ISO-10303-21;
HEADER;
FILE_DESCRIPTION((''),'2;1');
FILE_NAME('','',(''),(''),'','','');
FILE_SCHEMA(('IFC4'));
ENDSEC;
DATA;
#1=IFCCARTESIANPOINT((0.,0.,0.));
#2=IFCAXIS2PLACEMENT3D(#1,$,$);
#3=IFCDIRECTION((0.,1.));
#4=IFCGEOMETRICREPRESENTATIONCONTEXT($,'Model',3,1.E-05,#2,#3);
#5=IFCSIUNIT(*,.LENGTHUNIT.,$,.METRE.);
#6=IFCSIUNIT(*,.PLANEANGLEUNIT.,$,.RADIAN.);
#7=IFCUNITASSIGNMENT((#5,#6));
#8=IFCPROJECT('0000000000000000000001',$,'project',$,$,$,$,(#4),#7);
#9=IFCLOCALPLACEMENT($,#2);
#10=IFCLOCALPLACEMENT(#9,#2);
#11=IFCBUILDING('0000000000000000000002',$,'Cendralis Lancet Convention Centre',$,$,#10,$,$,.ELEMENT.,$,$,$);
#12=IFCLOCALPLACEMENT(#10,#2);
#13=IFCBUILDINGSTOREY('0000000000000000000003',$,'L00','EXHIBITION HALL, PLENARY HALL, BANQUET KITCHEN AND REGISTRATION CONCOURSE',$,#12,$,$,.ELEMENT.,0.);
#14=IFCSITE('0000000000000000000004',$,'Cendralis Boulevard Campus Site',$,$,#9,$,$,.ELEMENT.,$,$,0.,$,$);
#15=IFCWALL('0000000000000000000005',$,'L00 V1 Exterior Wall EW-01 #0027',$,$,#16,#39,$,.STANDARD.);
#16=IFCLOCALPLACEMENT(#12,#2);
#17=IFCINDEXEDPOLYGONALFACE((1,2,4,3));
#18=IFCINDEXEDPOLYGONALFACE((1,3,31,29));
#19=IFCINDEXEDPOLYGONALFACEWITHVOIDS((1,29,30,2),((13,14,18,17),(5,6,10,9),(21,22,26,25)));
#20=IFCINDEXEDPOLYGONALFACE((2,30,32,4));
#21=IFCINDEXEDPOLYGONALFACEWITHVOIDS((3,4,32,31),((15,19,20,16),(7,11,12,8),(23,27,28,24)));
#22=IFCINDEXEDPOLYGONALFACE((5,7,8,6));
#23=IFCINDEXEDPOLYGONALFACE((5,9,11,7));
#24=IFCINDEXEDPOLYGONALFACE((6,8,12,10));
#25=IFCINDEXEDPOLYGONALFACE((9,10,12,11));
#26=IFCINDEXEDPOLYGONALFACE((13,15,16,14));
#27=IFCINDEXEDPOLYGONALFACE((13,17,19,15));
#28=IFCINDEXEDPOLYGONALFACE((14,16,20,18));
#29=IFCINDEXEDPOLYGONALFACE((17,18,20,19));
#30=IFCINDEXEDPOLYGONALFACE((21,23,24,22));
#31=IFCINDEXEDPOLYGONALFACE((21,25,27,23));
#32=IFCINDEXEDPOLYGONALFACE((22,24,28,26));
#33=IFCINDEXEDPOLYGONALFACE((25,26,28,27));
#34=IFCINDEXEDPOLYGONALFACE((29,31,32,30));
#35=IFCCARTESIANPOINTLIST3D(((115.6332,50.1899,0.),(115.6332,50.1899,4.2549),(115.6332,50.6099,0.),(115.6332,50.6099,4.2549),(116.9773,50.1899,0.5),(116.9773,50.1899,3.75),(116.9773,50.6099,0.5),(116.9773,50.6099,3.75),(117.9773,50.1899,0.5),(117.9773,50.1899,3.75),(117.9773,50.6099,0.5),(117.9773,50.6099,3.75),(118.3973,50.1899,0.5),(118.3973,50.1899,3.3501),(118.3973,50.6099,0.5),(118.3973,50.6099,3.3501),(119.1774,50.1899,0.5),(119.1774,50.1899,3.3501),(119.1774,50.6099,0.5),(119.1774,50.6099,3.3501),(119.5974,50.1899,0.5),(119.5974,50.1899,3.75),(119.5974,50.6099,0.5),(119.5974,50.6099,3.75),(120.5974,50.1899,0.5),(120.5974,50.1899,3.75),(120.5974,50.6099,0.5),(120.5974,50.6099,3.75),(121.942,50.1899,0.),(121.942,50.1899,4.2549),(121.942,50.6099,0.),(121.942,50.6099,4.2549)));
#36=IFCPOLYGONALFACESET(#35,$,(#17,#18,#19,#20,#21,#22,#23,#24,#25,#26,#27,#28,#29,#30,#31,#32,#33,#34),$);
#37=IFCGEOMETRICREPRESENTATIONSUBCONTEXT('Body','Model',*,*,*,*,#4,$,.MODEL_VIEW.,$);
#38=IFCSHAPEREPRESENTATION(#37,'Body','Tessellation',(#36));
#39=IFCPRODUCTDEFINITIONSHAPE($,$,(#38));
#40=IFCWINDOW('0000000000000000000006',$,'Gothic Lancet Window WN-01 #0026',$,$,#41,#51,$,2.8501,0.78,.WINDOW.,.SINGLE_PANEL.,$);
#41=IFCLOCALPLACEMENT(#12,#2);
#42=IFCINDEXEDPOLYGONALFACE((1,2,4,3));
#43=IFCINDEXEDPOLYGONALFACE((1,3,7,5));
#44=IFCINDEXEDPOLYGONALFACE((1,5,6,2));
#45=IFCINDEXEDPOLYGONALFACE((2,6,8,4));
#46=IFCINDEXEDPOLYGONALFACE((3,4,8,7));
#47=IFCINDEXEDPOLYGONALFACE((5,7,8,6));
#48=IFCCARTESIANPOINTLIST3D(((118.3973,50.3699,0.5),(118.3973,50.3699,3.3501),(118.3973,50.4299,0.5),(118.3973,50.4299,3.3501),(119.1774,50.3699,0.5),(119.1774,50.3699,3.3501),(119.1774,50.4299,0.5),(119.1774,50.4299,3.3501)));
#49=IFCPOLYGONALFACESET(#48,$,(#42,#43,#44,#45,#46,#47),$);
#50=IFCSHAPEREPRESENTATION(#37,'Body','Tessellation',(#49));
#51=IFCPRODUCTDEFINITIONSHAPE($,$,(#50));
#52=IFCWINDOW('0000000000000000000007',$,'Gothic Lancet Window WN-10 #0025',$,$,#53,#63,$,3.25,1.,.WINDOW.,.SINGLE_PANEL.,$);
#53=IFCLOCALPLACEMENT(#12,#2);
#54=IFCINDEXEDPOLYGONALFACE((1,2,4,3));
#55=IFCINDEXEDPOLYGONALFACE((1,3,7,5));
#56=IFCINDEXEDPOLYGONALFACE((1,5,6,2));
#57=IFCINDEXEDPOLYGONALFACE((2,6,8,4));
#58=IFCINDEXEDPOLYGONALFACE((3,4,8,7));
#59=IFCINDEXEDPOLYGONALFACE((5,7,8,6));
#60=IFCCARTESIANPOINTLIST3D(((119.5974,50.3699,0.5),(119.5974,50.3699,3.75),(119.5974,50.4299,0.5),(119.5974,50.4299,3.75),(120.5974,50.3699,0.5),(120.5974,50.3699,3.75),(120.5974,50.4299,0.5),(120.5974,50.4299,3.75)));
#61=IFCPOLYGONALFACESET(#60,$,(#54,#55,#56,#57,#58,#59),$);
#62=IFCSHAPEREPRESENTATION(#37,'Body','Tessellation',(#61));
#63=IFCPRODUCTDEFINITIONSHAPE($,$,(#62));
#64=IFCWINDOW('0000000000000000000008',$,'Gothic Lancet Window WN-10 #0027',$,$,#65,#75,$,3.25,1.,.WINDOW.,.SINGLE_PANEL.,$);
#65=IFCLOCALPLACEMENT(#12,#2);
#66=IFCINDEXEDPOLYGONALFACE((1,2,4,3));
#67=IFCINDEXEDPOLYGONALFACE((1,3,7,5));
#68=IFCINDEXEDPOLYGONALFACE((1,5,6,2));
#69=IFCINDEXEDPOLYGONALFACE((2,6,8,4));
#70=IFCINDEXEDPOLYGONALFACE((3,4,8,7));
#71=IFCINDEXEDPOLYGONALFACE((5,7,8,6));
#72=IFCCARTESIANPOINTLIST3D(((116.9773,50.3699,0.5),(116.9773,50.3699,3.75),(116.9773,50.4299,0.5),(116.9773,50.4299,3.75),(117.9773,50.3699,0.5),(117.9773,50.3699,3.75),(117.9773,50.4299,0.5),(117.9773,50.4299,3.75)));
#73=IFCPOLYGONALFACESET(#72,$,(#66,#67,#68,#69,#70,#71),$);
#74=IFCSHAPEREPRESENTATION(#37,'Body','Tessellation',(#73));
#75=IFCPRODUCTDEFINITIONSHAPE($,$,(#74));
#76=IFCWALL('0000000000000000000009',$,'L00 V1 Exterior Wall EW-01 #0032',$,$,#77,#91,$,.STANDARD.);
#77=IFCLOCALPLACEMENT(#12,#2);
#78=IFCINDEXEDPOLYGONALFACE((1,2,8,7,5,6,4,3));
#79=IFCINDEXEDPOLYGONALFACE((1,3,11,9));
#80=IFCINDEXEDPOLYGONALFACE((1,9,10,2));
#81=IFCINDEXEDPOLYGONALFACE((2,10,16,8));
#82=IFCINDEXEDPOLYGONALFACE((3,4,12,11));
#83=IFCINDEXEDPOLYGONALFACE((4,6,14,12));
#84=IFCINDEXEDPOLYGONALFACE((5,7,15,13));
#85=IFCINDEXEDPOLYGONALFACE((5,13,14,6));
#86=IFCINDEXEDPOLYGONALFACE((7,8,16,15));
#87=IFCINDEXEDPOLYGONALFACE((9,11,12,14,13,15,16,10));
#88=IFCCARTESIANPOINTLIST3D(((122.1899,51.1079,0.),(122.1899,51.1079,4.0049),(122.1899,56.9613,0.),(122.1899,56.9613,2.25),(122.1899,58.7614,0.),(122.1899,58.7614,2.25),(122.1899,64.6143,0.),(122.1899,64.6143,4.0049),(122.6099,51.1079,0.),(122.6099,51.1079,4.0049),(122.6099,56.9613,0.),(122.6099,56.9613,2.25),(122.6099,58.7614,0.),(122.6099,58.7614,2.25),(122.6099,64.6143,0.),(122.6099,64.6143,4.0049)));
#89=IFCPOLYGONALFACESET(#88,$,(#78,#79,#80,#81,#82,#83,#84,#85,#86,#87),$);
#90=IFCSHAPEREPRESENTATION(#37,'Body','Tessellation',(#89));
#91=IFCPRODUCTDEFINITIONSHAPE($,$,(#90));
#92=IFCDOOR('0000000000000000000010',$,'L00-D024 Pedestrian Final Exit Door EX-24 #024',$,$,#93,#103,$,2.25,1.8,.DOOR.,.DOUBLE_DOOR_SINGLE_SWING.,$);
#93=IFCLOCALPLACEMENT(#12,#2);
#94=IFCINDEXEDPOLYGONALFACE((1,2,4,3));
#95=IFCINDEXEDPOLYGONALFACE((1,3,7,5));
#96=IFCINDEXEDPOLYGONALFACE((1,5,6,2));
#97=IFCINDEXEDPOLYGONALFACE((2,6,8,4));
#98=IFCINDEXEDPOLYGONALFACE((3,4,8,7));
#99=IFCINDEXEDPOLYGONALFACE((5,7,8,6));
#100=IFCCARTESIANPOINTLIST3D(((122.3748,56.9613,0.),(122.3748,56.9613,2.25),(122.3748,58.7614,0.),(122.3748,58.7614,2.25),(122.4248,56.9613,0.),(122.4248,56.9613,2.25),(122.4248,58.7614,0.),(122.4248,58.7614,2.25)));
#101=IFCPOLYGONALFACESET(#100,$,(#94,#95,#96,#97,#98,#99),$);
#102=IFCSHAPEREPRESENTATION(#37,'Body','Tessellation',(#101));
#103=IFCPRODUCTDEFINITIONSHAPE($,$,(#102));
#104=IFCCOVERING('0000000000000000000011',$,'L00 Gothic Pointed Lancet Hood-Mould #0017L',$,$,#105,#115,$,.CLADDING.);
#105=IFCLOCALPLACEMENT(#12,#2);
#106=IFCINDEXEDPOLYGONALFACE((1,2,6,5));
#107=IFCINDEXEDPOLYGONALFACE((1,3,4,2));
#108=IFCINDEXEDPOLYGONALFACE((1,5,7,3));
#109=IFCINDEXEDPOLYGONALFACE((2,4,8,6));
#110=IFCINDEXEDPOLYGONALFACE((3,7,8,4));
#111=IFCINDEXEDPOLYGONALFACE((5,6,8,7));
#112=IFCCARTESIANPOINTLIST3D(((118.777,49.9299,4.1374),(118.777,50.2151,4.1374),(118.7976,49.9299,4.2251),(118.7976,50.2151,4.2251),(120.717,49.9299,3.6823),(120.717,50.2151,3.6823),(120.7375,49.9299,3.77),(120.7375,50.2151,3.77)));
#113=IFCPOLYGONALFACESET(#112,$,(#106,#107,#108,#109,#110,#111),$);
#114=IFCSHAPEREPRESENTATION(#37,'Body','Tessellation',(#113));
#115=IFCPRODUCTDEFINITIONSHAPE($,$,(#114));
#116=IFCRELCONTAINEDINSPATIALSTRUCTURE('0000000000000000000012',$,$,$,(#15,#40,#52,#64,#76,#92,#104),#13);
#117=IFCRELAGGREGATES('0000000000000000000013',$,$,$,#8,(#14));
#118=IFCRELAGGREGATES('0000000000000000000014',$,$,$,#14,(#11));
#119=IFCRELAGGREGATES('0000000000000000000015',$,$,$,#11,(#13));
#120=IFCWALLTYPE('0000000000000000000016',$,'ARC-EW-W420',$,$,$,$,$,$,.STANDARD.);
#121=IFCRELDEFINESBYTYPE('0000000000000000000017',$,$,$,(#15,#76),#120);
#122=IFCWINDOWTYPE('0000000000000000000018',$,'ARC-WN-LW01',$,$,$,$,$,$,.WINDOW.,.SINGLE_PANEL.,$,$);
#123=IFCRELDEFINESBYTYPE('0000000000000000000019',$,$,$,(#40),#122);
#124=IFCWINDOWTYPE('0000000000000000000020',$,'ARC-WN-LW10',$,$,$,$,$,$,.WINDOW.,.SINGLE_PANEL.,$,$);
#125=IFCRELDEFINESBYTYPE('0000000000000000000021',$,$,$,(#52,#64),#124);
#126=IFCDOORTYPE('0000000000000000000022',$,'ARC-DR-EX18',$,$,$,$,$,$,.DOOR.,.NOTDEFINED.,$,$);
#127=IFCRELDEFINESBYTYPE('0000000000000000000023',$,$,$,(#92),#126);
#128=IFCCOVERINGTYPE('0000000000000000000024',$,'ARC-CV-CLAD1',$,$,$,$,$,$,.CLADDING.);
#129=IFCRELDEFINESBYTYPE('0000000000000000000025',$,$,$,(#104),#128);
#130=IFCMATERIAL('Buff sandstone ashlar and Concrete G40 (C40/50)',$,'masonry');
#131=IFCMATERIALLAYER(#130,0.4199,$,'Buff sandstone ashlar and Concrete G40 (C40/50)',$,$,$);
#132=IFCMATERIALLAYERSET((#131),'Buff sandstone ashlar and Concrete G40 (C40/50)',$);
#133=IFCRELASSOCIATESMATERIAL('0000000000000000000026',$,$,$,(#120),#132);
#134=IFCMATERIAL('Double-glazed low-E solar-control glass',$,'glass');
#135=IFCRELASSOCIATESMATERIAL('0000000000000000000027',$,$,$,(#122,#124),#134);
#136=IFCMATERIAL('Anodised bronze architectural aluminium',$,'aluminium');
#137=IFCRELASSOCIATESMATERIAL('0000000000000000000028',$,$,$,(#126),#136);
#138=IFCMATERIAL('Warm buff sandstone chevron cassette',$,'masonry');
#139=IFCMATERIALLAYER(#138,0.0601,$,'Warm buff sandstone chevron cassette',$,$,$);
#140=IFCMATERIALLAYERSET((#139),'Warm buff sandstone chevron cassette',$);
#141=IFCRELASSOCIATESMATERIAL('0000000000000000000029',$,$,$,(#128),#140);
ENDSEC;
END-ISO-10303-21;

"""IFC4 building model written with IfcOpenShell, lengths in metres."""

from ifc_helpers import new_model, si_unit, direction, frame, frame_2d, origin, place, context, subcontext, project, spatial, polyline, rectangle, outline, extrude, material, layer, layer_set, type_object, element, fill, save


model = new_model("IFC4")

# Units and contexts
model_context = context("Model", 3, precision=1e-05, world=origin(), true_north=direction((0.0, 1.0)))
body_context = subcontext(model_context, "Body", "Model", "MODEL_VIEW")
ifc_project = project(units=[si_unit("LENGTHUNIT", "METRE"), si_unit("PLANEANGLEUNIT", "RADIAN")], contexts=[model_context])

# Site, building, storey
site_placement = place(None, origin())
site = spatial("IfcSite", under=ifc_project, at=site_placement, Name="Cendralis Boulevard Campus Site", CompositionType="ELEMENT", RefElevation=0.0)
building_placement = place(site_placement, origin())
building = spatial("IfcBuilding", under=site, at=building_placement, Name="Cendralis Lancet Convention Centre", CompositionType="ELEMENT")
storey_placement = place(building_placement, origin())
storey = spatial("IfcBuildingStorey", under=building, at=storey_placement, Name="L00", Description="EXHIBITION HALL, PLENARY HALL, BANQUET KITCHEN AND REGISTRATION CONCOURSE", CompositionType="ELEMENT", Elevation=0.0)

# Shared definitions
ifc_material_1 = material(Name="Anodised bronze architectural aluminium", Category="aluminium")

# Shared definitions
ifc_material_2 = material(Name="Double-glazed low-E solar-control glass", Category="glass")

# Wall, openings, windows
ifc_material_3 = material(Name="Buff sandstone ashlar and Concrete G40 (C40/50)", Category="masonry")
ifc_layer_1 = layer(ifc_material_3, 0.4199, Name="Buff sandstone ashlar and Concrete G40 (C40/50)")
ifc_layer_set_1 = layer_set([ifc_layer_1], Name="Buff sandstone ashlar and Concrete G40 (C40/50)")
wall_type = type_object("IfcWallType", Name="ARC-EW-W420", PredefinedType="STANDARD", material=ifc_layer_set_1)
wall_1_placement = place(storey_placement, frame((121.9419, 50.3999, 0.0), z_axis=(0.0, 0.0, 1.0), x_axis=(-1.0, 0.0, 0.0)))
wall_1 = element("IfcWall", 1, at=wall_1_placement, inside=storey, type_object=wall_type, Name="L00 V1 Exterior Wall EW-01 #0027", PredefinedType="STANDARD", context=body_context, shape_type="SweptSolid", body=[
    extrude(rectangle(XDim=6.3088, YDim=0.4199, at=frame_2d((3.1543, 0.0))), origin(), (0.0, 0.0, 1.0), 4.2549),
])
opening_1_placement = place(wall_1_placement, frame((1.3445, 0.0, 0.5)))
opening_1 = element("IfcOpeningElement", 2, at=opening_1_placement, cuts=wall_1, PredefinedType="OPENING", context=body_context, shape_type="SweptSolid", body=[
    extrude(rectangle(XDim=1.0, YDim=3.25, at=frame_2d((0.5, 1.625))), frame((0.0, 0.22, 0.0), z_axis=(0.0, -1.0, 0.0), x_axis=(1.0, 0.0, 0.0)), (0.0, 0.0, 1.0), 0.4399),
])
opening_2_placement = place(wall_1_placement, frame((2.7644, 0.0, 0.5)))
opening_2 = element("IfcOpeningElement", 3, at=opening_2_placement, cuts=wall_1, PredefinedType="OPENING", context=body_context, shape_type="SweptSolid", body=[
    extrude(rectangle(XDim=0.78, YDim=2.8501, at=frame_2d((0.3901, 1.425))), frame((0.0, 0.22, 0.0), z_axis=(0.0, -1.0, 0.0), x_axis=(1.0, 0.0, 0.0)), (0.0, 0.0, 1.0), 0.4399),
])
opening_3_placement = place(wall_1_placement, frame((3.9646, 0.0, 0.5)))
opening_3 = element("IfcOpeningElement", 4, at=opening_3_placement, cuts=wall_1, PredefinedType="OPENING", context=body_context, shape_type="SweptSolid", body=[
    extrude(rectangle(XDim=1.0, YDim=3.25, at=frame_2d((0.5, 1.625))), frame((0.0, 0.22, 0.0), z_axis=(0.0, -1.0, 0.0), x_axis=(1.0, 0.0, 0.0)), (0.0, 0.0, 1.0), 0.4399),
])
window_type_1 = type_object("IfcWindowType", Name="ARC-WN-LW01", PartitioningType="SINGLE_PANEL", PredefinedType="WINDOW", material=ifc_material_2)
window_1_placement = place(opening_2_placement, origin())
window_1 = element("IfcWindow", 5, at=window_1_placement, inside=storey, type_object=window_type_1, Name="Gothic Lancet Window WN-01 #0026", OverallHeight=2.8501, OverallWidth=0.78, PartitioningType="SINGLE_PANEL", PredefinedType="WINDOW", context=body_context, shape_type="SweptSolid", body=[
    extrude(rectangle(XDim=0.78, YDim=2.8501, at=frame_2d((0.3901, 1.425))), frame((0.0, 0.03, 0.0), z_axis=(0.0, -1.0, 0.0), x_axis=(1.0, 0.0, 0.0)), (0.0, 0.0, 1.0), 0.0601),
])
fill(opening_2, window_1)
window_type_2 = type_object("IfcWindowType", Name="ARC-WN-LW10", PartitioningType="SINGLE_PANEL", PredefinedType="WINDOW", material=ifc_material_2)
window_2_placement = place(opening_1_placement, origin())
window_2 = element("IfcWindow", 6, at=window_2_placement, inside=storey, type_object=window_type_2, Name="Gothic Lancet Window WN-10 #0025", OverallHeight=3.25, OverallWidth=1.0, PartitioningType="SINGLE_PANEL", PredefinedType="WINDOW", context=body_context, shape_type="SweptSolid", body=[
    extrude(rectangle(XDim=1.0, YDim=3.25, at=frame_2d((0.5, 1.625))), frame((0.0, 0.03, 0.0), z_axis=(0.0, -1.0, 0.0), x_axis=(1.0, 0.0, 0.0)), (0.0, 0.0, 1.0), 0.0601),
])
fill(opening_1, window_2)
window_3_placement = place(opening_3_placement, origin())
window_3 = element("IfcWindow", 7, at=window_3_placement, inside=storey, type_object=window_type_2, Name="Gothic Lancet Window WN-10 #0027", OverallHeight=3.25, OverallWidth=1.0, PartitioningType="SINGLE_PANEL", PredefinedType="WINDOW", context=body_context, shape_type="SweptSolid", body=[
    extrude(rectangle(XDim=1.0, YDim=3.25, at=frame_2d((0.5, 1.625))), frame((0.0, 0.03, 0.0), z_axis=(0.0, -1.0, 0.0), x_axis=(1.0, 0.0, 0.0)), (0.0, 0.0, 1.0), 0.0601),
])
fill(opening_3, window_3)

# Wall, opening, door
wall_2_placement = place(storey_placement, frame((122.3999, 64.6143, 0.0), z_axis=(0.0, 0.0, 1.0), x_axis=(0.0, -1.0, 0.0)))
wall_2 = element("IfcWall", 8, at=wall_2_placement, inside=storey, type_object=wall_type, Name="L00 V1 Exterior Wall EW-01 #0032", PredefinedType="STANDARD", context=body_context, shape_type="SweptSolid", body=[
    extrude(rectangle(XDim=13.5063, YDim=0.4199, at=frame_2d((6.7532, 0.0))), origin(), (0.0, 0.0, 1.0), 4.0049),
])
opening_4_placement = place(wall_2_placement, frame((5.853, 0.0, 0.0)))
opening_4 = element("IfcOpeningElement", 9, at=opening_4_placement, cuts=wall_2, PredefinedType="OPENING", context=body_context, shape_type="SweptSolid", body=[
    extrude(rectangle(XDim=1.8, YDim=2.25, at=frame_2d((0.8999, 1.125))), frame((0.0, 0.22, 0.0), z_axis=(0.0, -1.0, 0.0), x_axis=(1.0, 0.0, 0.0)), (0.0, 0.0, 1.0), 0.4399),
])
door_type = type_object("IfcDoorType", Name="ARC-DR-EX18", OperationType="NOTDEFINED", PredefinedType="DOOR", material=ifc_material_1)
door_placement = place(opening_4_placement, origin())
door = element("IfcDoor", 10, at=door_placement, inside=storey, type_object=door_type, Name="L00-D024 Pedestrian Final Exit Door EX-24 #024", OperationType="DOUBLE_DOOR_SINGLE_SWING", OverallHeight=2.25, OverallWidth=1.8, PredefinedType="DOOR", context=body_context, shape_type="SweptSolid", body=[
    extrude(rectangle(XDim=1.8, YDim=2.25, at=frame_2d((0.8999, 1.125))), frame((0.0, 0.0249, 0.0), z_axis=(0.0, -1.0, 0.0), x_axis=(1.0, 0.0, 0.0)), (0.0, 0.0, 1.0), 0.05),
])
fill(opening_4, door)

# Covering
ifc_material_4 = material(Name="Warm buff sandstone chevron cassette", Category="masonry")
ifc_layer_2 = layer(ifc_material_4, 0.0601, Name="Warm buff sandstone chevron cassette")
ifc_layer_set_2 = layer_set([ifc_layer_2], Name="Warm buff sandstone chevron cassette")
covering_type = type_object("IfcCoveringType", Name="ARC-CV-CLAD1", PredefinedType="CLADDING", material=ifc_layer_set_2)
covering_placement = place(storey_placement, frame((120.7375, 49.9299, 3.77), z_axis=(0.228384, 0.0, 0.973571), x_axis=(0.0, 1.0, 0.0)))
element("IfcCovering", 11, at=covering_placement, inside=storey, type_object=covering_type, Name="L00 Gothic Pointed Lancet Hood-Mould #0017L", PredefinedType="CLADDING", context=body_context, shape_type="SweptSolid", body=[
    extrude(outline(polyline([(0.0, 0.0), (0.2852, 0.0), (0.2852, 1.9926), (0.0, 1.9926), (0.0, 0.0)])), origin(), (0.0, 0.0, -1.0), 0.0901),
])

save(model, "model.ifc")
